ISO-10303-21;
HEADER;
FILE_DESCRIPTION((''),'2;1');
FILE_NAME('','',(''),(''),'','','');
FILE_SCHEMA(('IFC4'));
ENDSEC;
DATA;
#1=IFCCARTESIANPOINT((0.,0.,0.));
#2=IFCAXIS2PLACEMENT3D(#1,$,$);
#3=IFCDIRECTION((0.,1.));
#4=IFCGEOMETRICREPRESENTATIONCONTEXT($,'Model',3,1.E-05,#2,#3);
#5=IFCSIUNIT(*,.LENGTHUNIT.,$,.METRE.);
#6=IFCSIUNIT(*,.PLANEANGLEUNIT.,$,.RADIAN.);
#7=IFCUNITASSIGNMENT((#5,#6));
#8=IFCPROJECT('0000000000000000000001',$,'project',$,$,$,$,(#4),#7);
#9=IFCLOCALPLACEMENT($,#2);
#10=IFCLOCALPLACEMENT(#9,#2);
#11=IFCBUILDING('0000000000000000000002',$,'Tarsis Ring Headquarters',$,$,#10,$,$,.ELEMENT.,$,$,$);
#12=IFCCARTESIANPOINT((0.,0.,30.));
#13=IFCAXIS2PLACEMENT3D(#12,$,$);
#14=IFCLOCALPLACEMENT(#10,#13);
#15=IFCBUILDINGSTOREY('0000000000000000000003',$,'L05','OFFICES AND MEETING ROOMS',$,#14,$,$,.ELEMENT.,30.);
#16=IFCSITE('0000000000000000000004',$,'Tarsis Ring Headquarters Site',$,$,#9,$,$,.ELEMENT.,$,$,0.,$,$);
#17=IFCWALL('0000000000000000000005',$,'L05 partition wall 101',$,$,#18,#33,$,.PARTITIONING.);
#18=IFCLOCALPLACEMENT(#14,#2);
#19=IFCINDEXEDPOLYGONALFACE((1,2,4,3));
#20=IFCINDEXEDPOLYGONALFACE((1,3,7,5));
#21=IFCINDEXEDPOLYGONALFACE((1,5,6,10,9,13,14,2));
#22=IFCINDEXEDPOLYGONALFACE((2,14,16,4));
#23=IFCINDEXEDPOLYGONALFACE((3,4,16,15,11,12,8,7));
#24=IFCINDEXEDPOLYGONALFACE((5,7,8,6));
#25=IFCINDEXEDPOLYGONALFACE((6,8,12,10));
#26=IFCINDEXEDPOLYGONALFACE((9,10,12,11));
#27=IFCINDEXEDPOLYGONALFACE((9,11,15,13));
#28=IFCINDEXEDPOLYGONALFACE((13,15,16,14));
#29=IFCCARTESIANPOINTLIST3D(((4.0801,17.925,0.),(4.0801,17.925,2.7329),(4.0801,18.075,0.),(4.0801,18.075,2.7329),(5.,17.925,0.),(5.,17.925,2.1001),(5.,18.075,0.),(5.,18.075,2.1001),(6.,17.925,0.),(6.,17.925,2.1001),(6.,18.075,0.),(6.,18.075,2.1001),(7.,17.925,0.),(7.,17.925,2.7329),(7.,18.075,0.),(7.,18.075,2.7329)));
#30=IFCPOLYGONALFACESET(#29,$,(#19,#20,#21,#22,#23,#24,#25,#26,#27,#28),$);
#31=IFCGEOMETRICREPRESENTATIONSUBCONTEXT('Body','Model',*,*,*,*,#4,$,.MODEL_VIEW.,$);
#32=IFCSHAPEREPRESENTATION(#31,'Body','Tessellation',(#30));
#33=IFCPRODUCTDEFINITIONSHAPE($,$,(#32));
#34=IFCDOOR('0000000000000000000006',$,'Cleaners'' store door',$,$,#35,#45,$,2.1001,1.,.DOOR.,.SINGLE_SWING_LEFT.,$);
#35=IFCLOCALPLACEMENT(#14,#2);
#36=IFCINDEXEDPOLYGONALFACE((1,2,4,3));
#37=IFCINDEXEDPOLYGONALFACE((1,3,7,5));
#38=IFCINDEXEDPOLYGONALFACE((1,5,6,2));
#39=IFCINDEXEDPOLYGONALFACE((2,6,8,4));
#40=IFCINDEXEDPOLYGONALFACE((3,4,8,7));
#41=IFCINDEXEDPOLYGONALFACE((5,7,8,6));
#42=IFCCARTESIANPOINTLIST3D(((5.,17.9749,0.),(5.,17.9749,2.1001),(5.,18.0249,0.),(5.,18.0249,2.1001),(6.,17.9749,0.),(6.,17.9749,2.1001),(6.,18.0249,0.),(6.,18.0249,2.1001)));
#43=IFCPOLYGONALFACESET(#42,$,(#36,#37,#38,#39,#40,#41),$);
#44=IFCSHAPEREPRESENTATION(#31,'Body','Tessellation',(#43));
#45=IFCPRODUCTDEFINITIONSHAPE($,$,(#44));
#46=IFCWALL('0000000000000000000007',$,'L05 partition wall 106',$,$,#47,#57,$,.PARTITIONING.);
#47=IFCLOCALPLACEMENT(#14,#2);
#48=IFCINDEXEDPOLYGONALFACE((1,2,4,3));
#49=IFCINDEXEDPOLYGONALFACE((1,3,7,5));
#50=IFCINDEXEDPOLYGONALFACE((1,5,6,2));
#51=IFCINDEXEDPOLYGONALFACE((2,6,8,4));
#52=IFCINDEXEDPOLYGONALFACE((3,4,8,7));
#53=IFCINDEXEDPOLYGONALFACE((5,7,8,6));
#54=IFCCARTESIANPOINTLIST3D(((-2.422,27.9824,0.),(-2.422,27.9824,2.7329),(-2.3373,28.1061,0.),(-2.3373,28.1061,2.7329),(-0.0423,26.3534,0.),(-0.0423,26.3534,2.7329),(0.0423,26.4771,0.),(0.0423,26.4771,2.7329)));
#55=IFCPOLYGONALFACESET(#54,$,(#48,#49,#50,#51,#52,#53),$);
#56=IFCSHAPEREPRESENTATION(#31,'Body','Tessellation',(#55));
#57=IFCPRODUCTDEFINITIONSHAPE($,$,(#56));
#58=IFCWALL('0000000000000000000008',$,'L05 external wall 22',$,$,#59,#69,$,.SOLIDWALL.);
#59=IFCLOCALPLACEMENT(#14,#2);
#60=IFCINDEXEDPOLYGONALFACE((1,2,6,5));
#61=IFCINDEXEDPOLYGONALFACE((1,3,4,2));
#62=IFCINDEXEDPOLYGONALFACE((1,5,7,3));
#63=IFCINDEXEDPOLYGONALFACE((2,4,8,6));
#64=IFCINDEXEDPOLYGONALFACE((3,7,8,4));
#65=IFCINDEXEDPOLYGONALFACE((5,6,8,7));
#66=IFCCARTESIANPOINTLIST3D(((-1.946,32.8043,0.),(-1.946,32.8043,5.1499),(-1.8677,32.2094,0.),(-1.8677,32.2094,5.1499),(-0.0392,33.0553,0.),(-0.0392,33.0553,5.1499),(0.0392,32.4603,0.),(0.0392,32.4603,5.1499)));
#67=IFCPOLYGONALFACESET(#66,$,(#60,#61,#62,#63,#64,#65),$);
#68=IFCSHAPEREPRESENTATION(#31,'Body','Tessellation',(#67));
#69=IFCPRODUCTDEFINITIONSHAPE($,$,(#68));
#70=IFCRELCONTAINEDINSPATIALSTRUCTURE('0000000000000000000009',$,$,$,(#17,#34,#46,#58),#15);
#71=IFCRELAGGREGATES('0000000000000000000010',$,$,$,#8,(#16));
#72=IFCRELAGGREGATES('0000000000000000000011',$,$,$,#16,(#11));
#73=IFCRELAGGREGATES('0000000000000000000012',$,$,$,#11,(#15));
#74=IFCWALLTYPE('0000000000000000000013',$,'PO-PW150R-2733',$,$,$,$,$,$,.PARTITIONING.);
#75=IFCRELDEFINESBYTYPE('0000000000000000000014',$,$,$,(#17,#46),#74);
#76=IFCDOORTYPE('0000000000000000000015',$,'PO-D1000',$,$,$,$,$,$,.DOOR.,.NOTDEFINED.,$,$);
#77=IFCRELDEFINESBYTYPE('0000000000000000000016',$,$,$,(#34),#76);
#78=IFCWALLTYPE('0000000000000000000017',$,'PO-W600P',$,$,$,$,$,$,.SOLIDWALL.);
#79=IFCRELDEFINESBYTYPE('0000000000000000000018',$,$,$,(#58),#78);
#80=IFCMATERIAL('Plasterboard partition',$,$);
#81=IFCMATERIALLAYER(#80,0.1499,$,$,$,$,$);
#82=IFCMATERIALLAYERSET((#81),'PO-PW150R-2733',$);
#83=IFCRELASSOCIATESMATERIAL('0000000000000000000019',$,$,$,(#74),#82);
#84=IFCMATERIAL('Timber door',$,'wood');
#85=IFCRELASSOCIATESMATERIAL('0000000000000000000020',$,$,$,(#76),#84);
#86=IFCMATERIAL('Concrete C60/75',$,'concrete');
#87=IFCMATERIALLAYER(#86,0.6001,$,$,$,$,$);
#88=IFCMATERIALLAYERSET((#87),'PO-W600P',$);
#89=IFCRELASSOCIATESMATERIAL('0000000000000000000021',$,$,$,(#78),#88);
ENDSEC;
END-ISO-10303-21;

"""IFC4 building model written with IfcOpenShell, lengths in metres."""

from ifc_helpers import new_model, si_unit, direction, frame, frame_2d, origin, place, context, subcontext, project, spatial, rectangle, extrude, material, layer, layer_set, type_object, element, fill, save


model = new_model("IFC4")

# Units and contexts
model_context = context("Model", 3, precision=1e-05, world=origin(), true_north=direction((0.0, 1.0)))
body_context = subcontext(model_context, "Body", "Model", "MODEL_VIEW")
ifc_project = project(units=[si_unit("LENGTHUNIT", "METRE"), si_unit("PLANEANGLEUNIT", "RADIAN")], contexts=[model_context])

# Site, building, storey
site_placement = place(None, origin())
site = spatial("IfcSite", under=ifc_project, at=site_placement, Name="Tarsis Ring Headquarters Site", CompositionType="ELEMENT", RefElevation=0.0)
building_placement = place(site_placement, origin())
building = spatial("IfcBuilding", under=site, at=building_placement, Name="Tarsis Ring Headquarters", CompositionType="ELEMENT")
storey_placement = place(building_placement, frame((0.0, 0.0, 30.0)))
storey = spatial("IfcBuildingStorey", under=building, at=storey_placement, Name="L05", Description="OFFICES AND MEETING ROOMS", CompositionType="ELEMENT", Elevation=30.0)

# Shared definitions
ifc_material_1 = material(Name="Plasterboard partition")
ifc_layer_1 = layer(ifc_material_1, 0.1499)
ifc_layer_set_1 = layer_set([ifc_layer_1], Name="PO-PW150R-2733")
wall_type_1 = type_object("IfcWallType", Name="PO-PW150R-2733", PredefinedType="PARTITIONING", material=ifc_layer_set_1)

# Shared definitions
ifc_material_2 = material(Name="Timber door", Category="wood")
door_type = type_object("IfcDoorType", Name="PO-D1000", OperationType="NOTDEFINED", PredefinedType="DOOR", material=ifc_material_2)

# Wall, opening, door
wall_1_placement = place(storey_placement, frame((4.0801, 18.0, 0.0), z_axis=(0.0, 0.0, 1.0), x_axis=(1.0, 0.0, 0.0)))
wall_1 = element("IfcWall", 1, at=wall_1_placement, inside=storey, type_object=wall_type_1, Name="L05 partition wall 101", PredefinedType="PARTITIONING", context=body_context, shape_type="SweptSolid", body=[
    extrude(rectangle(XDim=2.9199, YDim=0.1499, at=frame_2d((1.46, 0.0))), origin(), (0.0, 0.0, 1.0), 2.7329),
])
opening_1_placement = place(wall_1_placement, frame((0.9199, 0.0, 0.0)))
opening_1 = element("IfcOpeningElement", 2, at=opening_1_placement, cuts=wall_1, PredefinedType="OPENING", context=body_context, shape_type="SweptSolid", body=[
    extrude(rectangle(XDim=1.0, YDim=2.1001, at=frame_2d((0.5, 1.05))), frame((0.0, 0.085, 0.0), z_axis=(0.0, -1.0, 0.0), x_axis=(1.0, 0.0, 0.0)), (0.0, 0.0, 1.0), 0.1699),
])
door_1_placement = place(opening_1_placement, origin())
door_1 = element("IfcDoor", 3, at=door_1_placement, inside=storey, type_object=door_type, Name="Cleaners' store door", OperationType="SINGLE_SWING_LEFT", OverallHeight=2.1001, OverallWidth=1.0, PredefinedType="DOOR", context=body_context, shape_type="SweptSolid", body=[
    extrude(rectangle(XDim=1.0, YDim=2.1001, at=frame_2d((0.5, 1.05))), frame((0.0, 0.0249, 0.0), z_axis=(0.0, -1.0, 0.0), x_axis=(1.0, 0.0, 0.0)), (0.0, 0.0, 1.0), 0.05),
])
fill(opening_1, door_1)

# Walls
wall_2_placement = place(storey_placement, frame((0.0, 26.4153, 0.0), z_axis=(0.0, 0.0, 1.0), x_axis=(-0.825189, 0.564857, 0.0)))
element("IfcWall", 4, at=wall_2_placement, inside=storey, type_object=wall_type_1, Name="L05 partition wall 106", PredefinedType="PARTITIONING", context=body_context, shape_type="SweptSolid", body=[
    extrude(rectangle(XDim=2.8838, YDim=0.1499, at=frame_2d((1.4419, 0.0))), origin(), (0.0, 0.0, 1.0), 2.7329),
])
ifc_material_3 = material(Name="Concrete C60/75", Category="concrete")
ifc_layer_2 = layer(ifc_material_3, 0.6001)
ifc_layer_set_2 = layer_set([ifc_layer_2], Name="PO-W600P")
wall_type_2 = type_object("IfcWallType", Name="PO-W600P", PredefinedType="SOLIDWALL", material=ifc_layer_set_2)
wall_3_placement = place(storey_placement, frame((0.0, 32.7578, 0.0), z_axis=(0.0, 0.0, 1.0), x_axis=(-0.99145, -0.130484, 0.0)))
element("IfcWall", 5, at=wall_3_placement, inside=storey, type_object=wall_type_2, Name="L05 external wall 22", PredefinedType="SOLIDWALL", context=body_context, shape_type="SweptSolid", body=[
    extrude(rectangle(XDim=1.9233, YDim=0.6001, at=frame_2d((0.9617, 0.0))), origin(), (0.0, 0.0, 1.0), 5.1499),
])

save(model, "model.ifc")
